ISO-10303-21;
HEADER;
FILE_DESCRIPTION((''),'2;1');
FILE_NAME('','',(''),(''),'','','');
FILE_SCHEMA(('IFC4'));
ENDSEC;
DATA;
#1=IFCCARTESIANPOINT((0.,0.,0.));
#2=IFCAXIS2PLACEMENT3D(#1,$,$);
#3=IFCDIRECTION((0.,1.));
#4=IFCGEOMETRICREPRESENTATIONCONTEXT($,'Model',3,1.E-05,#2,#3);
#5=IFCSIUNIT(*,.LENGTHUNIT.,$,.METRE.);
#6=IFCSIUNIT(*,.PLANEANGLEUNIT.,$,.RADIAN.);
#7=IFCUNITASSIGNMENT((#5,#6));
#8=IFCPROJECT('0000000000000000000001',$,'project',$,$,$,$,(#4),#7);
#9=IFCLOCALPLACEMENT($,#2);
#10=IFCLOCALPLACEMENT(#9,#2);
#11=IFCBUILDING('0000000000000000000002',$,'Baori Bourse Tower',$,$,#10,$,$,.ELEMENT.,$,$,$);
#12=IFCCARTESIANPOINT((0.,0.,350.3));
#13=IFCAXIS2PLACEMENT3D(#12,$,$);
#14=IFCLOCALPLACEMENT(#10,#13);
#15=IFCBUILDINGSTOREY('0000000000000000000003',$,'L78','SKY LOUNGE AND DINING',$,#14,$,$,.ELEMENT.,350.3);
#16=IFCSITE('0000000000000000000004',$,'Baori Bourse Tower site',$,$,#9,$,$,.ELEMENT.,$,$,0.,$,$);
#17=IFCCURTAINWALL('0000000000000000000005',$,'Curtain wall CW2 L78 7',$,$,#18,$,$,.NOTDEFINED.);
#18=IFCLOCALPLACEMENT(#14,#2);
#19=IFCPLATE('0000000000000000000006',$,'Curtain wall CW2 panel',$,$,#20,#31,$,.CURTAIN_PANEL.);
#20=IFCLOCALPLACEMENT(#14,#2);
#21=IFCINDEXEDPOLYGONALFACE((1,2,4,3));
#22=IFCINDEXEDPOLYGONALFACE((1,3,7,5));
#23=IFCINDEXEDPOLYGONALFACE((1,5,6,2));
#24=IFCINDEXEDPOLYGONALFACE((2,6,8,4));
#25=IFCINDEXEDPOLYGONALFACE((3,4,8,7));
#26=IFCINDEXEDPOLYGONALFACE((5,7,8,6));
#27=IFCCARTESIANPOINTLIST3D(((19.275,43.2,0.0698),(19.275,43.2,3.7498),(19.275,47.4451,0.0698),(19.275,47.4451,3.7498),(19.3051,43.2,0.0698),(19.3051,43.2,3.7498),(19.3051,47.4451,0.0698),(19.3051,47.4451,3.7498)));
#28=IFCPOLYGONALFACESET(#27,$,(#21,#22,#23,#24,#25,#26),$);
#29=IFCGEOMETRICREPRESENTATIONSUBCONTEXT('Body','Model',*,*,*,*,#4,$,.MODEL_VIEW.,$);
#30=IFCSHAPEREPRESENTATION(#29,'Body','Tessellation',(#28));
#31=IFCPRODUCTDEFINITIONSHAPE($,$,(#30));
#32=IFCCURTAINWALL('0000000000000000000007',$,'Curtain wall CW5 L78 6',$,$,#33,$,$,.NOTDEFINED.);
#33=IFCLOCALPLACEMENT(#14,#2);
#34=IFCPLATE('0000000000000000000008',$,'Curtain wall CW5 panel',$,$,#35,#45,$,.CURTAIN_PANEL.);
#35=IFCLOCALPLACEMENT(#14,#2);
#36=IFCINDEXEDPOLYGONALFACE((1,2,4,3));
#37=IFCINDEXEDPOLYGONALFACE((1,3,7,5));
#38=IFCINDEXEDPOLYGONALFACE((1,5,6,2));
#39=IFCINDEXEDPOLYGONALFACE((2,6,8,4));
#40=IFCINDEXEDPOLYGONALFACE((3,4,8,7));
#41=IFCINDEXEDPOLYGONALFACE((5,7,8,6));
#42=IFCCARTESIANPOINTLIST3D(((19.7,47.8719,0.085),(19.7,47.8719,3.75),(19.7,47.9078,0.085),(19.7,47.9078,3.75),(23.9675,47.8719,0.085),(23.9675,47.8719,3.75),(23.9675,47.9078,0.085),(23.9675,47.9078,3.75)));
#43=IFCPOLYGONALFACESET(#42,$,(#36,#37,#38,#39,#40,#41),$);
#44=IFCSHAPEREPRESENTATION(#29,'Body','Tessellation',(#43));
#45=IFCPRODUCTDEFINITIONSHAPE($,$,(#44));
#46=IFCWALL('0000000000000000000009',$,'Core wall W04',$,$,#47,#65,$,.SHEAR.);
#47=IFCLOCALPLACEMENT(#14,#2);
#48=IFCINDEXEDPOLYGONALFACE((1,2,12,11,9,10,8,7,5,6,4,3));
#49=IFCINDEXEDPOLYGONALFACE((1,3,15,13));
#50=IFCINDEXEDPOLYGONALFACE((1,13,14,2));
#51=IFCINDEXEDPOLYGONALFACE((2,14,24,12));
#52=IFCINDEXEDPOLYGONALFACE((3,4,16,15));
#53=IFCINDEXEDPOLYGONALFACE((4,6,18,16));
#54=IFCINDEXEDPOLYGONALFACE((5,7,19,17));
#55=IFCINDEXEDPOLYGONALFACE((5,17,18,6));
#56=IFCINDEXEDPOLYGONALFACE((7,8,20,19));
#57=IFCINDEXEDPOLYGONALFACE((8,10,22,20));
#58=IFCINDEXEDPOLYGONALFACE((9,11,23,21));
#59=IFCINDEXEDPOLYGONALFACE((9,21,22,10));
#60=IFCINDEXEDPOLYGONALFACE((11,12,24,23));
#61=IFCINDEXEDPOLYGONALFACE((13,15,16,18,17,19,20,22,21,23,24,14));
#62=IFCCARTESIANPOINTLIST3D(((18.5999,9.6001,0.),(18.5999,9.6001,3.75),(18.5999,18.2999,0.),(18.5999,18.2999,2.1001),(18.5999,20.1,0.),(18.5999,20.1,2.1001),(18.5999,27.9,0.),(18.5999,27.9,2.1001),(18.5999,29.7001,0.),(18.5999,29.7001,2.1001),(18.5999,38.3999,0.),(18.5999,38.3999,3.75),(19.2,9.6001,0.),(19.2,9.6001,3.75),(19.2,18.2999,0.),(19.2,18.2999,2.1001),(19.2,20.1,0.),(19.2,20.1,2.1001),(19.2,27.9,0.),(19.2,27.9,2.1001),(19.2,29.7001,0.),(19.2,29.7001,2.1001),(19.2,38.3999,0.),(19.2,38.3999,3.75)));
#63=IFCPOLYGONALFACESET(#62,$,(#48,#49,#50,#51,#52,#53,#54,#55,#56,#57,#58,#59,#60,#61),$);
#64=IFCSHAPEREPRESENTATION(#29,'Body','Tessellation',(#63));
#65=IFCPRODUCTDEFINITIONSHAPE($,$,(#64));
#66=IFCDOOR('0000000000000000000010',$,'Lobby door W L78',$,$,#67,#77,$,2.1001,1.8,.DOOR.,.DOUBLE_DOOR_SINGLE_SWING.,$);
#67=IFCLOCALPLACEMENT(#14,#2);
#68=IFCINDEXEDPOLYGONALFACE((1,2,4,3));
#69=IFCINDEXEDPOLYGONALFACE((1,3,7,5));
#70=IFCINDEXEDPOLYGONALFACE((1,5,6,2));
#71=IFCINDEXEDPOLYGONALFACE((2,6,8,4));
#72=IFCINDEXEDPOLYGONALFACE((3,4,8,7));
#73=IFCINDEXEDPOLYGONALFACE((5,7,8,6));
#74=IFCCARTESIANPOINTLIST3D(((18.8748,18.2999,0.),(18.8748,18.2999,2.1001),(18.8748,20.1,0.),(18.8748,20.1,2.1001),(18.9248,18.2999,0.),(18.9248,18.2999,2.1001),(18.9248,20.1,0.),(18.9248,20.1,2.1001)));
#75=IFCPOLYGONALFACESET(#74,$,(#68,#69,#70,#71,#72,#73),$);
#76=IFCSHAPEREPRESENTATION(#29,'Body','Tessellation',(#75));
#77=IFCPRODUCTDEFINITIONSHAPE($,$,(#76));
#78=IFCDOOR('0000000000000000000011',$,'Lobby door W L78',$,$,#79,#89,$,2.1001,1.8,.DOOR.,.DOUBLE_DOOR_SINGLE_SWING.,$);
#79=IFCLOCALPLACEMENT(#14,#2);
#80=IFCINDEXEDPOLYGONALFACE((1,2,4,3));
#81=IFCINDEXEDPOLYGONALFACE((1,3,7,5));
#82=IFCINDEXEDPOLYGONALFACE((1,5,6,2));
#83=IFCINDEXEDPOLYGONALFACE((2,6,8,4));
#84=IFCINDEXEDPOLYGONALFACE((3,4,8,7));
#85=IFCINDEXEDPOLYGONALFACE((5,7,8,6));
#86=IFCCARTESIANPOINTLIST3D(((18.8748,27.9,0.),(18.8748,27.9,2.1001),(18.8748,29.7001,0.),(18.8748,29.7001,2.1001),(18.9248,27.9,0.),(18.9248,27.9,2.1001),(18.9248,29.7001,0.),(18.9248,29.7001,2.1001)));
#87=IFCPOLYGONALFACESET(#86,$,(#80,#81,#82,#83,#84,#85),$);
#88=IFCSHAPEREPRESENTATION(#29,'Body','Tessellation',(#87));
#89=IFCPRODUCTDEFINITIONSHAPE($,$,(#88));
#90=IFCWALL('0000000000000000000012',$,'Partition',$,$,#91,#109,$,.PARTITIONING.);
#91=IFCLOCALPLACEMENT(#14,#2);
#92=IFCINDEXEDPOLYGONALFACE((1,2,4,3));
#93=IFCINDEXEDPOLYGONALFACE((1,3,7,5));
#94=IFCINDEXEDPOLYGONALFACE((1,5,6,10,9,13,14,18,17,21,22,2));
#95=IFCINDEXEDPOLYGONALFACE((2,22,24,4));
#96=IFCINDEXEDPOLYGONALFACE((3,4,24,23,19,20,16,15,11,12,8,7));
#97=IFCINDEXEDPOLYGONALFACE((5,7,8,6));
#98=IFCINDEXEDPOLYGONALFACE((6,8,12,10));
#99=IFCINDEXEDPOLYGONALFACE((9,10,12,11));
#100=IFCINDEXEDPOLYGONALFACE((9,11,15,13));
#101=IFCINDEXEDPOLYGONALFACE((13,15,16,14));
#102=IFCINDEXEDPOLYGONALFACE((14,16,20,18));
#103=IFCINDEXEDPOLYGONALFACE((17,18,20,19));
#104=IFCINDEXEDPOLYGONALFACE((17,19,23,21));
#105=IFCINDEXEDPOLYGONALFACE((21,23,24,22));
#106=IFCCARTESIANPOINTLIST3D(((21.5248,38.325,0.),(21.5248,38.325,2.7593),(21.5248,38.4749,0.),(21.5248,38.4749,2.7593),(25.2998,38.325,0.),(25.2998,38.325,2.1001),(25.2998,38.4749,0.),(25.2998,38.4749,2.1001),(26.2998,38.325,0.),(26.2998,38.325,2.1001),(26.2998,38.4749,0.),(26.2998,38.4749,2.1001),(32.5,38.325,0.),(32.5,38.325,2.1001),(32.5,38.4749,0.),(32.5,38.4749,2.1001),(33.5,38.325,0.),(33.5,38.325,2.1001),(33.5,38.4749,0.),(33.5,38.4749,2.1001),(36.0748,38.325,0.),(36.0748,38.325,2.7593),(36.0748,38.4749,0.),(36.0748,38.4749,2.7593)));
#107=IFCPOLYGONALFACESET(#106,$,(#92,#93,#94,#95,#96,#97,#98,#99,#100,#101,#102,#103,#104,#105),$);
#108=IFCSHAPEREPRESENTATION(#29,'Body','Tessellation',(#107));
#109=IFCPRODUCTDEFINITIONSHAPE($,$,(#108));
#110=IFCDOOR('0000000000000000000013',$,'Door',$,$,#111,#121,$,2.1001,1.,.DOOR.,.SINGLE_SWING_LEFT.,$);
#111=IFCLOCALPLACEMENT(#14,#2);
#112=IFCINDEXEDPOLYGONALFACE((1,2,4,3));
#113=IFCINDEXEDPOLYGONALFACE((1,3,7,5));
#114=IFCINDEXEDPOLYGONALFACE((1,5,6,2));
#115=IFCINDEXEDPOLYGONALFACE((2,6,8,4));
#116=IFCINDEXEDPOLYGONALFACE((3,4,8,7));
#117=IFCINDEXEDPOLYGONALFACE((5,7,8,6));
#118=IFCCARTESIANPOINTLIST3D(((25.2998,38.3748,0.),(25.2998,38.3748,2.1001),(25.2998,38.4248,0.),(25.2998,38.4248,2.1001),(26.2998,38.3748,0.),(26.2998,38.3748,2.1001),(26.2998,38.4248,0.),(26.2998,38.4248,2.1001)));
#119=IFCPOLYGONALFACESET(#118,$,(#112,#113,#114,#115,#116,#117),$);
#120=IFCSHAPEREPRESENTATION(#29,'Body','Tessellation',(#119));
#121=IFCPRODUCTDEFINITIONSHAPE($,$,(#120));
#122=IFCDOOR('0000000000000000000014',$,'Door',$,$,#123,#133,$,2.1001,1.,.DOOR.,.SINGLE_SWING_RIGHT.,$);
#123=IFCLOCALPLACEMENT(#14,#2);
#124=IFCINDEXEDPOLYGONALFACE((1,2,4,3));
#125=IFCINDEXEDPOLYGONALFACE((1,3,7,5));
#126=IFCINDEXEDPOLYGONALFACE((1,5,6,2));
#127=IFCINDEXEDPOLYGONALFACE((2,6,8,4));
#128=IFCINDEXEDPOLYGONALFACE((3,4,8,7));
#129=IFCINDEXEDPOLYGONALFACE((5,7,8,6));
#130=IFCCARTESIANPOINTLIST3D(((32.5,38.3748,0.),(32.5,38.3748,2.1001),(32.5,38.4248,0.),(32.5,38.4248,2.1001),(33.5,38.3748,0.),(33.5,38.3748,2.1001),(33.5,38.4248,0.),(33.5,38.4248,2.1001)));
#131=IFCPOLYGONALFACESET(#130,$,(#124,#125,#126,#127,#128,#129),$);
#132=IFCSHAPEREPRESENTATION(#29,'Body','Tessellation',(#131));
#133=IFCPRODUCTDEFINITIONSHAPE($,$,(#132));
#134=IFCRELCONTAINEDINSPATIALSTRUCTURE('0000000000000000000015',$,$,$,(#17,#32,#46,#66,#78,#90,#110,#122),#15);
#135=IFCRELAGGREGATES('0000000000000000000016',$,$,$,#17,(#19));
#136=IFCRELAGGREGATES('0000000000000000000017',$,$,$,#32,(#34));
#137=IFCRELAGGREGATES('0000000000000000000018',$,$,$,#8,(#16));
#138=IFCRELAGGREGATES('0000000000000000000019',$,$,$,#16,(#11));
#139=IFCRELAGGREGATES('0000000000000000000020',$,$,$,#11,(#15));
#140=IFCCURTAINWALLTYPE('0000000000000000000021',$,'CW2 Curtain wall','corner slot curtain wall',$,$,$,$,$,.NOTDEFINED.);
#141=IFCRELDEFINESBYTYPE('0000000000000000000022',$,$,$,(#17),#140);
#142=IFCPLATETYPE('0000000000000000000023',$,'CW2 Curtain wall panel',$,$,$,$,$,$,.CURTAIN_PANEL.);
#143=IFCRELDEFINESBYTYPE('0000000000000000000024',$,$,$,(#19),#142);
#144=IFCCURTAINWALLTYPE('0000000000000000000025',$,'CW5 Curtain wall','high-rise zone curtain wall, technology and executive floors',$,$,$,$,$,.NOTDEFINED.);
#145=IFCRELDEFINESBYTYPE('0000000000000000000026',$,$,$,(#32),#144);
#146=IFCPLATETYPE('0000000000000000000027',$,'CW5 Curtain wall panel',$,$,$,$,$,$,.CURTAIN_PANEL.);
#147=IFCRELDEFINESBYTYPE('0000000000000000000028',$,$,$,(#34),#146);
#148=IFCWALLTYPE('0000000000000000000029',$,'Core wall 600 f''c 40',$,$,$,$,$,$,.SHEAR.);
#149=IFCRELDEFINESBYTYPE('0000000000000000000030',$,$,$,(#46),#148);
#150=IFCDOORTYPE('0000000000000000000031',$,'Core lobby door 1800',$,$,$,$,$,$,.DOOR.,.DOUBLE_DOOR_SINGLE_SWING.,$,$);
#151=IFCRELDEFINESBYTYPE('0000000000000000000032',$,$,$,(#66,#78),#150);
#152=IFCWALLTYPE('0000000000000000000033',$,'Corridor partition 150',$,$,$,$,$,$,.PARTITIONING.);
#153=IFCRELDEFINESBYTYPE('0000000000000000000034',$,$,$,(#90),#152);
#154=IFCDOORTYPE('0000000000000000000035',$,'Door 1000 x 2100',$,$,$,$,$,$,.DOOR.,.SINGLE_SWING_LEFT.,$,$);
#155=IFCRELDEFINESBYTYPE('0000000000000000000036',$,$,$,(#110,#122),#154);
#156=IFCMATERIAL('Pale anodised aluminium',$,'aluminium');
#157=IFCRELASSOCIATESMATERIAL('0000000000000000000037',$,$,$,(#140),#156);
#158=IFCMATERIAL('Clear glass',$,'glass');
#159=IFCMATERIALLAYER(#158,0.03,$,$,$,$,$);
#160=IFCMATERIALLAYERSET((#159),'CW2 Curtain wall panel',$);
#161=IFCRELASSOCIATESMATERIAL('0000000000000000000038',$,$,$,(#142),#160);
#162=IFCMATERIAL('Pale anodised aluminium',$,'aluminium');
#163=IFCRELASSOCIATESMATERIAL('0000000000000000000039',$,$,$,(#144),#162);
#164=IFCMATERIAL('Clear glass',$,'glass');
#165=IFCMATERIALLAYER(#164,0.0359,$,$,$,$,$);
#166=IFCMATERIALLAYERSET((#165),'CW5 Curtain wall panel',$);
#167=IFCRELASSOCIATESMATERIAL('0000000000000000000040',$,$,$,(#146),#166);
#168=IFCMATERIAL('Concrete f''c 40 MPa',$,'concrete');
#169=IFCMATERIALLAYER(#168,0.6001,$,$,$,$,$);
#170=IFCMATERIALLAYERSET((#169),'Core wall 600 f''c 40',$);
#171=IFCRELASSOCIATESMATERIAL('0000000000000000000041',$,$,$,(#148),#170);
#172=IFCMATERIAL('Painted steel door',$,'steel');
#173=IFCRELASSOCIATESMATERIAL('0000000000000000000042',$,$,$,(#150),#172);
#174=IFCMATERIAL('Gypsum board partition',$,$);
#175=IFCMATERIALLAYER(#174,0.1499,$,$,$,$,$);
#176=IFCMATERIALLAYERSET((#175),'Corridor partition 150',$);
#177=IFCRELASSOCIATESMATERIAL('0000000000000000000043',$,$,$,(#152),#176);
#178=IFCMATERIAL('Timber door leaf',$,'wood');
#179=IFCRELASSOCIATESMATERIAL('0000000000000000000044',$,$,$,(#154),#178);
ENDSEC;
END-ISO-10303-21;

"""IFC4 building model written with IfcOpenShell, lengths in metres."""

from ifc_helpers import new_model, si_unit, direction, frame, frame_2d, origin, origin_2d, place, context, subcontext, project, spatial, rectangle, extrude, material, layer, layer_set, type_object, element, fill, aggregate, save


model = new_model("IFC4")

# Units and contexts
model_context = context("Model", 3, precision=1e-05, world=origin(), true_north=direction((0.0, 1.0)))
body_context = subcontext(model_context, "Body", "Model", "MODEL_VIEW")
ifc_project = project(units=[si_unit("LENGTHUNIT", "METRE"), si_unit("PLANEANGLEUNIT", "RADIAN")], contexts=[model_context])

# Site, building, storey
site_placement = place(None, origin())
site = spatial("IfcSite", under=ifc_project, at=site_placement, Name="Baori Bourse Tower site", CompositionType="ELEMENT", RefElevation=0.0)
building_placement = place(site_placement, origin())
building = spatial("IfcBuilding", under=site, at=building_placement, Name="Baori Bourse Tower", CompositionType="ELEMENT")
storey_placement = place(building_placement, frame((0.0, 0.0, 350.3)))
storey = spatial("IfcBuildingStorey", under=building, at=storey_placement, Name="L78", Description="SKY LOUNGE AND DINING", CompositionType="ELEMENT", Elevation=350.3)

# Curtain wall
ifc_material_1 = material(Name="Pale anodised aluminium", Category="aluminium")
curtain_wall_type_1 = type_object("IfcCurtainWallType", Name="CW2 Curtain wall", Description="corner slot curtain wall", PredefinedType="NOTDEFINED", material=ifc_material_1)
curtain_wall_1_placement = place(storey_placement, origin())
curtain_wall_1 = element("IfcCurtainWall", 1, at=curtain_wall_1_placement, inside=storey, type_object=curtain_wall_type_1, Name="Curtain wall CW2 L78 7", PredefinedType="NOTDEFINED")

# Plate
ifc_material_2 = material(Name="Clear glass", Category="glass")
ifc_layer_1 = layer(ifc_material_2, 0.03)
ifc_layer_set_1 = layer_set([ifc_layer_1], Name="CW2 Curtain wall panel")
plate_type_1 = type_object("IfcPlateType", Name="CW2 Curtain wall panel", PredefinedType="CURTAIN_PANEL", material=ifc_layer_set_1)
plate_1_placement = place(storey_placement, frame((19.29, 45.3225, 0.0698), z_axis=(0.0, 0.0, 1.0), x_axis=(0.0, -1.0, 0.0)))
plate_1 = element("IfcPlate", 2, at=plate_1_placement, type_object=plate_type_1, Name="Curtain wall CW2 panel", PredefinedType="CURTAIN_PANEL", context=body_context, shape_type="SweptSolid", body=[
    extrude(rectangle(XDim=4.2451, YDim=0.03, at=origin_2d()), origin(), (0.0, 0.0, 1.0), 3.6799),
])
aggregate(curtain_wall_1, [plate_1])

# Curtain wall, plate
ifc_material_3 = material(Name="Pale anodised aluminium", Category="aluminium")
curtain_wall_type_2 = type_object("IfcCurtainWallType", Name="CW5 Curtain wall", Description="high-rise zone curtain wall, technology and executive floors", PredefinedType="NOTDEFINED", material=ifc_material_3)
curtain_wall_2_placement = place(storey_placement, origin())
curtain_wall_2 = element("IfcCurtainWall", 3, at=curtain_wall_2_placement, inside=storey, type_object=curtain_wall_type_2, Name="Curtain wall CW5 L78 6", PredefinedType="NOTDEFINED")
ifc_material_4 = material(Name="Clear glass", Category="glass")
ifc_layer_2 = layer(ifc_material_4, 0.0359)
ifc_layer_set_2 = layer_set([ifc_layer_2], Name="CW5 Curtain wall panel")
plate_type_2 = type_object("IfcPlateType", Name="CW5 Curtain wall panel", PredefinedType="CURTAIN_PANEL", material=ifc_layer_set_2)
plate_2_placement = place(storey_placement, frame((21.8337, 47.8899, 0.085), z_axis=(0.0, 0.0, 1.0), x_axis=(-1.0, 0.0, 0.0)))
plate_2 = element("IfcPlate", 4, at=plate_2_placement, type_object=plate_type_2, Name="Curtain wall CW5 panel", PredefinedType="CURTAIN_PANEL", context=body_context, shape_type="SweptSolid", body=[
    extrude(rectangle(XDim=4.2676, YDim=0.0359, at=origin_2d()), origin(), (0.0, 0.0, 1.0), 3.665),
])
aggregate(curtain_wall_2, [plate_2])

# Walls, openings, doors
ifc_material_5 = material(Name="Concrete f'c 40 MPa", Category="concrete")
ifc_layer_3 = layer(ifc_material_5, 0.6001)
ifc_layer_set_3 = layer_set([ifc_layer_3], Name="Core wall 600 f'c 40")
wall_type_1 = type_object("IfcWallType", Name="Core wall 600 f'c 40", PredefinedType="SHEAR", material=ifc_layer_set_3)
wall_1_placement = place(storey_placement, frame((18.8999, 38.3999, 0.0), z_axis=(0.0, 0.0, 1.0), x_axis=(0.0, -1.0, 0.0)))
wall_1 = element("IfcWall", 5, at=wall_1_placement, inside=storey, type_object=wall_type_1, Name="Core wall W04", PredefinedType="SHEAR", context=body_context, shape_type="SweptSolid", body=[
    extrude(rectangle(XDim=28.7998, YDim=0.6001, at=frame_2d((14.3999, 0.0))), origin(), (0.0, 0.0, 1.0), 3.75),
])
opening_1_placement = place(wall_1_placement, frame((18.3, 0.0, 0.0)))
opening_1 = element("IfcOpeningElement", 6, at=opening_1_placement, cuts=wall_1, PredefinedType="OPENING", context=body_context, shape_type="SweptSolid", body=[
    extrude(rectangle(XDim=1.8, YDim=2.1001, at=frame_2d((0.8999, 1.05))), frame((0.0, 0.3101, 0.0), z_axis=(0.0, -1.0, 0.0), x_axis=(1.0, 0.0, 0.0)), (0.0, 0.0, 1.0), 0.6201),
])
opening_2_placement = place(wall_1_placement, frame((8.7, 0.0, 0.0)))
opening_2 = element("IfcOpeningElement", 7, at=opening_2_placement, cuts=wall_1, PredefinedType="OPENING", context=body_context, shape_type="SweptSolid", body=[
    extrude(rectangle(XDim=1.8, YDim=2.1001, at=frame_2d((0.8999, 1.05))), frame((0.0, 0.3101, 0.0), z_axis=(0.0, -1.0, 0.0), x_axis=(1.0, 0.0, 0.0)), (0.0, 0.0, 1.0), 0.6201),
])
ifc_material_6 = material(Name="Painted steel door", Category="steel")
door_type_1 = type_object("IfcDoorType", Name="Core lobby door 1800", OperationType="DOUBLE_DOOR_SINGLE_SWING", PredefinedType="DOOR", material=ifc_material_6)
door_1_placement = place(opening_1_placement, origin())
door_1 = element("IfcDoor", 8, at=door_1_placement, inside=storey, type_object=door_type_1, Name="Lobby door W L78", OperationType="DOUBLE_DOOR_SINGLE_SWING", OverallHeight=2.1001, OverallWidth=1.8, PredefinedType="DOOR", context=body_context, shape_type="SweptSolid", body=[
    extrude(rectangle(XDim=1.8, YDim=2.1001, at=frame_2d((0.8999, 1.05))), frame((0.0, 0.0249, 0.0), z_axis=(0.0, -1.0, 0.0), x_axis=(1.0, 0.0, 0.0)), (0.0, 0.0, 1.0), 0.05),
])
fill(opening_1, door_1)
door_2_placement = place(opening_2_placement, origin())
door_2 = element("IfcDoor", 9, at=door_2_placement, inside=storey, type_object=door_type_1, Name="Lobby door W L78", OperationType="DOUBLE_DOOR_SINGLE_SWING", OverallHeight=2.1001, OverallWidth=1.8, PredefinedType="DOOR", context=body_context, shape_type="SweptSolid", body=[
    extrude(rectangle(XDim=1.8, YDim=2.1001, at=frame_2d((0.8999, 1.05))), frame((0.0, 0.0249, 0.0), z_axis=(0.0, -1.0, 0.0), x_axis=(1.0, 0.0, 0.0)), (0.0, 0.0, 1.0), 0.05),
])
fill(opening_2, door_2)
ifc_material_7 = material(Name="Gypsum board partition")
ifc_layer_4 = layer(ifc_material_7, 0.1499)
ifc_layer_set_4 = layer_set([ifc_layer_4], Name="Corridor partition 150")
wall_type_2 = type_object("IfcWallType", Name="Corridor partition 150", PredefinedType="PARTITIONING", material=ifc_layer_set_4)
wall_2_placement = place(storey_placement, frame((21.5249, 38.3999, 0.0), z_axis=(0.0, 0.0, 1.0), x_axis=(1.0, 0.0, 0.0)))
wall_2 = element("IfcWall", 10, at=wall_2_placement, inside=storey, type_object=wall_type_2, Name="Partition", PredefinedType="PARTITIONING", context=body_context, shape_type="SweptSolid", body=[
    extrude(rectangle(XDim=14.55, YDim=0.1499, at=frame_2d((7.2749, 0.0))), origin(), (0.0, 0.0, 1.0), 2.7593),
])
opening_3_placement = place(wall_2_placement, frame((3.7749, 0.0, 0.0)))
opening_3 = element("IfcOpeningElement", 11, at=opening_3_placement, cuts=wall_2, PredefinedType="OPENING", context=body_context, shape_type="SweptSolid", body=[
    extrude(rectangle(XDim=1.0, YDim=2.1001, at=frame_2d((0.5, 1.05))), frame((0.0, 0.085, 0.0), z_axis=(0.0, -1.0, 0.0), x_axis=(1.0, 0.0, 0.0)), (0.0, 0.0, 1.0), 0.1699),
])
opening_4_placement = place(wall_2_placement, frame((10.9751, 0.0, 0.0)))
opening_4 = element("IfcOpeningElement", 12, at=opening_4_placement, cuts=wall_2, PredefinedType="OPENING", context=body_context, shape_type="SweptSolid", body=[
    extrude(rectangle(XDim=1.0, YDim=2.1001, at=frame_2d((0.5, 1.05))), frame((0.0, 0.085, 0.0), z_axis=(0.0, -1.0, 0.0), x_axis=(1.0, 0.0, 0.0)), (0.0, 0.0, 1.0), 0.1699),
])
ifc_material_8 = material(Name="Timber door leaf", Category="wood")
door_type_2 = type_object("IfcDoorType", Name="Door 1000 x 2100", OperationType="SINGLE_SWING_LEFT", PredefinedType="DOOR", material=ifc_material_8)
door_3_placement = place(opening_3_placement, origin())
door_3 = element("IfcDoor", 13, at=door_3_placement, inside=storey, type_object=door_type_2, Name="Door", OperationType="SINGLE_SWING_LEFT", OverallHeight=2.1001, OverallWidth=1.0, PredefinedType="DOOR", context=body_context, shape_type="SweptSolid", body=[
    extrude(rectangle(XDim=1.0, YDim=2.1001, at=frame_2d((0.5, 1.05))), frame((0.0, 0.0249, 0.0), z_axis=(0.0, -1.0, 0.0), x_axis=(1.0, 0.0, 0.0)), (0.0, 0.0, 1.0), 0.05),
])
fill(opening_3, door_3)
door_4_placement = place(opening_4_placement, origin())
door_4 = element("IfcDoor", 14, at=door_4_placement, inside=storey, type_object=door_type_2, Name="Door", OperationType="SINGLE_SWING_RIGHT", OverallHeight=2.1001, OverallWidth=1.0, PredefinedType="DOOR", context=body_context, shape_type="SweptSolid", body=[
    extrude(rectangle(XDim=1.0, YDim=2.1001, at=frame_2d((0.5, 1.05))), frame((0.0, 0.0249, 0.0), z_axis=(0.0, -1.0, 0.0), x_axis=(1.0, 0.0, 0.0)), (0.0, 0.0, 1.0), 0.05),
])
fill(opening_4, door_4)

save(model, "model.ifc")
